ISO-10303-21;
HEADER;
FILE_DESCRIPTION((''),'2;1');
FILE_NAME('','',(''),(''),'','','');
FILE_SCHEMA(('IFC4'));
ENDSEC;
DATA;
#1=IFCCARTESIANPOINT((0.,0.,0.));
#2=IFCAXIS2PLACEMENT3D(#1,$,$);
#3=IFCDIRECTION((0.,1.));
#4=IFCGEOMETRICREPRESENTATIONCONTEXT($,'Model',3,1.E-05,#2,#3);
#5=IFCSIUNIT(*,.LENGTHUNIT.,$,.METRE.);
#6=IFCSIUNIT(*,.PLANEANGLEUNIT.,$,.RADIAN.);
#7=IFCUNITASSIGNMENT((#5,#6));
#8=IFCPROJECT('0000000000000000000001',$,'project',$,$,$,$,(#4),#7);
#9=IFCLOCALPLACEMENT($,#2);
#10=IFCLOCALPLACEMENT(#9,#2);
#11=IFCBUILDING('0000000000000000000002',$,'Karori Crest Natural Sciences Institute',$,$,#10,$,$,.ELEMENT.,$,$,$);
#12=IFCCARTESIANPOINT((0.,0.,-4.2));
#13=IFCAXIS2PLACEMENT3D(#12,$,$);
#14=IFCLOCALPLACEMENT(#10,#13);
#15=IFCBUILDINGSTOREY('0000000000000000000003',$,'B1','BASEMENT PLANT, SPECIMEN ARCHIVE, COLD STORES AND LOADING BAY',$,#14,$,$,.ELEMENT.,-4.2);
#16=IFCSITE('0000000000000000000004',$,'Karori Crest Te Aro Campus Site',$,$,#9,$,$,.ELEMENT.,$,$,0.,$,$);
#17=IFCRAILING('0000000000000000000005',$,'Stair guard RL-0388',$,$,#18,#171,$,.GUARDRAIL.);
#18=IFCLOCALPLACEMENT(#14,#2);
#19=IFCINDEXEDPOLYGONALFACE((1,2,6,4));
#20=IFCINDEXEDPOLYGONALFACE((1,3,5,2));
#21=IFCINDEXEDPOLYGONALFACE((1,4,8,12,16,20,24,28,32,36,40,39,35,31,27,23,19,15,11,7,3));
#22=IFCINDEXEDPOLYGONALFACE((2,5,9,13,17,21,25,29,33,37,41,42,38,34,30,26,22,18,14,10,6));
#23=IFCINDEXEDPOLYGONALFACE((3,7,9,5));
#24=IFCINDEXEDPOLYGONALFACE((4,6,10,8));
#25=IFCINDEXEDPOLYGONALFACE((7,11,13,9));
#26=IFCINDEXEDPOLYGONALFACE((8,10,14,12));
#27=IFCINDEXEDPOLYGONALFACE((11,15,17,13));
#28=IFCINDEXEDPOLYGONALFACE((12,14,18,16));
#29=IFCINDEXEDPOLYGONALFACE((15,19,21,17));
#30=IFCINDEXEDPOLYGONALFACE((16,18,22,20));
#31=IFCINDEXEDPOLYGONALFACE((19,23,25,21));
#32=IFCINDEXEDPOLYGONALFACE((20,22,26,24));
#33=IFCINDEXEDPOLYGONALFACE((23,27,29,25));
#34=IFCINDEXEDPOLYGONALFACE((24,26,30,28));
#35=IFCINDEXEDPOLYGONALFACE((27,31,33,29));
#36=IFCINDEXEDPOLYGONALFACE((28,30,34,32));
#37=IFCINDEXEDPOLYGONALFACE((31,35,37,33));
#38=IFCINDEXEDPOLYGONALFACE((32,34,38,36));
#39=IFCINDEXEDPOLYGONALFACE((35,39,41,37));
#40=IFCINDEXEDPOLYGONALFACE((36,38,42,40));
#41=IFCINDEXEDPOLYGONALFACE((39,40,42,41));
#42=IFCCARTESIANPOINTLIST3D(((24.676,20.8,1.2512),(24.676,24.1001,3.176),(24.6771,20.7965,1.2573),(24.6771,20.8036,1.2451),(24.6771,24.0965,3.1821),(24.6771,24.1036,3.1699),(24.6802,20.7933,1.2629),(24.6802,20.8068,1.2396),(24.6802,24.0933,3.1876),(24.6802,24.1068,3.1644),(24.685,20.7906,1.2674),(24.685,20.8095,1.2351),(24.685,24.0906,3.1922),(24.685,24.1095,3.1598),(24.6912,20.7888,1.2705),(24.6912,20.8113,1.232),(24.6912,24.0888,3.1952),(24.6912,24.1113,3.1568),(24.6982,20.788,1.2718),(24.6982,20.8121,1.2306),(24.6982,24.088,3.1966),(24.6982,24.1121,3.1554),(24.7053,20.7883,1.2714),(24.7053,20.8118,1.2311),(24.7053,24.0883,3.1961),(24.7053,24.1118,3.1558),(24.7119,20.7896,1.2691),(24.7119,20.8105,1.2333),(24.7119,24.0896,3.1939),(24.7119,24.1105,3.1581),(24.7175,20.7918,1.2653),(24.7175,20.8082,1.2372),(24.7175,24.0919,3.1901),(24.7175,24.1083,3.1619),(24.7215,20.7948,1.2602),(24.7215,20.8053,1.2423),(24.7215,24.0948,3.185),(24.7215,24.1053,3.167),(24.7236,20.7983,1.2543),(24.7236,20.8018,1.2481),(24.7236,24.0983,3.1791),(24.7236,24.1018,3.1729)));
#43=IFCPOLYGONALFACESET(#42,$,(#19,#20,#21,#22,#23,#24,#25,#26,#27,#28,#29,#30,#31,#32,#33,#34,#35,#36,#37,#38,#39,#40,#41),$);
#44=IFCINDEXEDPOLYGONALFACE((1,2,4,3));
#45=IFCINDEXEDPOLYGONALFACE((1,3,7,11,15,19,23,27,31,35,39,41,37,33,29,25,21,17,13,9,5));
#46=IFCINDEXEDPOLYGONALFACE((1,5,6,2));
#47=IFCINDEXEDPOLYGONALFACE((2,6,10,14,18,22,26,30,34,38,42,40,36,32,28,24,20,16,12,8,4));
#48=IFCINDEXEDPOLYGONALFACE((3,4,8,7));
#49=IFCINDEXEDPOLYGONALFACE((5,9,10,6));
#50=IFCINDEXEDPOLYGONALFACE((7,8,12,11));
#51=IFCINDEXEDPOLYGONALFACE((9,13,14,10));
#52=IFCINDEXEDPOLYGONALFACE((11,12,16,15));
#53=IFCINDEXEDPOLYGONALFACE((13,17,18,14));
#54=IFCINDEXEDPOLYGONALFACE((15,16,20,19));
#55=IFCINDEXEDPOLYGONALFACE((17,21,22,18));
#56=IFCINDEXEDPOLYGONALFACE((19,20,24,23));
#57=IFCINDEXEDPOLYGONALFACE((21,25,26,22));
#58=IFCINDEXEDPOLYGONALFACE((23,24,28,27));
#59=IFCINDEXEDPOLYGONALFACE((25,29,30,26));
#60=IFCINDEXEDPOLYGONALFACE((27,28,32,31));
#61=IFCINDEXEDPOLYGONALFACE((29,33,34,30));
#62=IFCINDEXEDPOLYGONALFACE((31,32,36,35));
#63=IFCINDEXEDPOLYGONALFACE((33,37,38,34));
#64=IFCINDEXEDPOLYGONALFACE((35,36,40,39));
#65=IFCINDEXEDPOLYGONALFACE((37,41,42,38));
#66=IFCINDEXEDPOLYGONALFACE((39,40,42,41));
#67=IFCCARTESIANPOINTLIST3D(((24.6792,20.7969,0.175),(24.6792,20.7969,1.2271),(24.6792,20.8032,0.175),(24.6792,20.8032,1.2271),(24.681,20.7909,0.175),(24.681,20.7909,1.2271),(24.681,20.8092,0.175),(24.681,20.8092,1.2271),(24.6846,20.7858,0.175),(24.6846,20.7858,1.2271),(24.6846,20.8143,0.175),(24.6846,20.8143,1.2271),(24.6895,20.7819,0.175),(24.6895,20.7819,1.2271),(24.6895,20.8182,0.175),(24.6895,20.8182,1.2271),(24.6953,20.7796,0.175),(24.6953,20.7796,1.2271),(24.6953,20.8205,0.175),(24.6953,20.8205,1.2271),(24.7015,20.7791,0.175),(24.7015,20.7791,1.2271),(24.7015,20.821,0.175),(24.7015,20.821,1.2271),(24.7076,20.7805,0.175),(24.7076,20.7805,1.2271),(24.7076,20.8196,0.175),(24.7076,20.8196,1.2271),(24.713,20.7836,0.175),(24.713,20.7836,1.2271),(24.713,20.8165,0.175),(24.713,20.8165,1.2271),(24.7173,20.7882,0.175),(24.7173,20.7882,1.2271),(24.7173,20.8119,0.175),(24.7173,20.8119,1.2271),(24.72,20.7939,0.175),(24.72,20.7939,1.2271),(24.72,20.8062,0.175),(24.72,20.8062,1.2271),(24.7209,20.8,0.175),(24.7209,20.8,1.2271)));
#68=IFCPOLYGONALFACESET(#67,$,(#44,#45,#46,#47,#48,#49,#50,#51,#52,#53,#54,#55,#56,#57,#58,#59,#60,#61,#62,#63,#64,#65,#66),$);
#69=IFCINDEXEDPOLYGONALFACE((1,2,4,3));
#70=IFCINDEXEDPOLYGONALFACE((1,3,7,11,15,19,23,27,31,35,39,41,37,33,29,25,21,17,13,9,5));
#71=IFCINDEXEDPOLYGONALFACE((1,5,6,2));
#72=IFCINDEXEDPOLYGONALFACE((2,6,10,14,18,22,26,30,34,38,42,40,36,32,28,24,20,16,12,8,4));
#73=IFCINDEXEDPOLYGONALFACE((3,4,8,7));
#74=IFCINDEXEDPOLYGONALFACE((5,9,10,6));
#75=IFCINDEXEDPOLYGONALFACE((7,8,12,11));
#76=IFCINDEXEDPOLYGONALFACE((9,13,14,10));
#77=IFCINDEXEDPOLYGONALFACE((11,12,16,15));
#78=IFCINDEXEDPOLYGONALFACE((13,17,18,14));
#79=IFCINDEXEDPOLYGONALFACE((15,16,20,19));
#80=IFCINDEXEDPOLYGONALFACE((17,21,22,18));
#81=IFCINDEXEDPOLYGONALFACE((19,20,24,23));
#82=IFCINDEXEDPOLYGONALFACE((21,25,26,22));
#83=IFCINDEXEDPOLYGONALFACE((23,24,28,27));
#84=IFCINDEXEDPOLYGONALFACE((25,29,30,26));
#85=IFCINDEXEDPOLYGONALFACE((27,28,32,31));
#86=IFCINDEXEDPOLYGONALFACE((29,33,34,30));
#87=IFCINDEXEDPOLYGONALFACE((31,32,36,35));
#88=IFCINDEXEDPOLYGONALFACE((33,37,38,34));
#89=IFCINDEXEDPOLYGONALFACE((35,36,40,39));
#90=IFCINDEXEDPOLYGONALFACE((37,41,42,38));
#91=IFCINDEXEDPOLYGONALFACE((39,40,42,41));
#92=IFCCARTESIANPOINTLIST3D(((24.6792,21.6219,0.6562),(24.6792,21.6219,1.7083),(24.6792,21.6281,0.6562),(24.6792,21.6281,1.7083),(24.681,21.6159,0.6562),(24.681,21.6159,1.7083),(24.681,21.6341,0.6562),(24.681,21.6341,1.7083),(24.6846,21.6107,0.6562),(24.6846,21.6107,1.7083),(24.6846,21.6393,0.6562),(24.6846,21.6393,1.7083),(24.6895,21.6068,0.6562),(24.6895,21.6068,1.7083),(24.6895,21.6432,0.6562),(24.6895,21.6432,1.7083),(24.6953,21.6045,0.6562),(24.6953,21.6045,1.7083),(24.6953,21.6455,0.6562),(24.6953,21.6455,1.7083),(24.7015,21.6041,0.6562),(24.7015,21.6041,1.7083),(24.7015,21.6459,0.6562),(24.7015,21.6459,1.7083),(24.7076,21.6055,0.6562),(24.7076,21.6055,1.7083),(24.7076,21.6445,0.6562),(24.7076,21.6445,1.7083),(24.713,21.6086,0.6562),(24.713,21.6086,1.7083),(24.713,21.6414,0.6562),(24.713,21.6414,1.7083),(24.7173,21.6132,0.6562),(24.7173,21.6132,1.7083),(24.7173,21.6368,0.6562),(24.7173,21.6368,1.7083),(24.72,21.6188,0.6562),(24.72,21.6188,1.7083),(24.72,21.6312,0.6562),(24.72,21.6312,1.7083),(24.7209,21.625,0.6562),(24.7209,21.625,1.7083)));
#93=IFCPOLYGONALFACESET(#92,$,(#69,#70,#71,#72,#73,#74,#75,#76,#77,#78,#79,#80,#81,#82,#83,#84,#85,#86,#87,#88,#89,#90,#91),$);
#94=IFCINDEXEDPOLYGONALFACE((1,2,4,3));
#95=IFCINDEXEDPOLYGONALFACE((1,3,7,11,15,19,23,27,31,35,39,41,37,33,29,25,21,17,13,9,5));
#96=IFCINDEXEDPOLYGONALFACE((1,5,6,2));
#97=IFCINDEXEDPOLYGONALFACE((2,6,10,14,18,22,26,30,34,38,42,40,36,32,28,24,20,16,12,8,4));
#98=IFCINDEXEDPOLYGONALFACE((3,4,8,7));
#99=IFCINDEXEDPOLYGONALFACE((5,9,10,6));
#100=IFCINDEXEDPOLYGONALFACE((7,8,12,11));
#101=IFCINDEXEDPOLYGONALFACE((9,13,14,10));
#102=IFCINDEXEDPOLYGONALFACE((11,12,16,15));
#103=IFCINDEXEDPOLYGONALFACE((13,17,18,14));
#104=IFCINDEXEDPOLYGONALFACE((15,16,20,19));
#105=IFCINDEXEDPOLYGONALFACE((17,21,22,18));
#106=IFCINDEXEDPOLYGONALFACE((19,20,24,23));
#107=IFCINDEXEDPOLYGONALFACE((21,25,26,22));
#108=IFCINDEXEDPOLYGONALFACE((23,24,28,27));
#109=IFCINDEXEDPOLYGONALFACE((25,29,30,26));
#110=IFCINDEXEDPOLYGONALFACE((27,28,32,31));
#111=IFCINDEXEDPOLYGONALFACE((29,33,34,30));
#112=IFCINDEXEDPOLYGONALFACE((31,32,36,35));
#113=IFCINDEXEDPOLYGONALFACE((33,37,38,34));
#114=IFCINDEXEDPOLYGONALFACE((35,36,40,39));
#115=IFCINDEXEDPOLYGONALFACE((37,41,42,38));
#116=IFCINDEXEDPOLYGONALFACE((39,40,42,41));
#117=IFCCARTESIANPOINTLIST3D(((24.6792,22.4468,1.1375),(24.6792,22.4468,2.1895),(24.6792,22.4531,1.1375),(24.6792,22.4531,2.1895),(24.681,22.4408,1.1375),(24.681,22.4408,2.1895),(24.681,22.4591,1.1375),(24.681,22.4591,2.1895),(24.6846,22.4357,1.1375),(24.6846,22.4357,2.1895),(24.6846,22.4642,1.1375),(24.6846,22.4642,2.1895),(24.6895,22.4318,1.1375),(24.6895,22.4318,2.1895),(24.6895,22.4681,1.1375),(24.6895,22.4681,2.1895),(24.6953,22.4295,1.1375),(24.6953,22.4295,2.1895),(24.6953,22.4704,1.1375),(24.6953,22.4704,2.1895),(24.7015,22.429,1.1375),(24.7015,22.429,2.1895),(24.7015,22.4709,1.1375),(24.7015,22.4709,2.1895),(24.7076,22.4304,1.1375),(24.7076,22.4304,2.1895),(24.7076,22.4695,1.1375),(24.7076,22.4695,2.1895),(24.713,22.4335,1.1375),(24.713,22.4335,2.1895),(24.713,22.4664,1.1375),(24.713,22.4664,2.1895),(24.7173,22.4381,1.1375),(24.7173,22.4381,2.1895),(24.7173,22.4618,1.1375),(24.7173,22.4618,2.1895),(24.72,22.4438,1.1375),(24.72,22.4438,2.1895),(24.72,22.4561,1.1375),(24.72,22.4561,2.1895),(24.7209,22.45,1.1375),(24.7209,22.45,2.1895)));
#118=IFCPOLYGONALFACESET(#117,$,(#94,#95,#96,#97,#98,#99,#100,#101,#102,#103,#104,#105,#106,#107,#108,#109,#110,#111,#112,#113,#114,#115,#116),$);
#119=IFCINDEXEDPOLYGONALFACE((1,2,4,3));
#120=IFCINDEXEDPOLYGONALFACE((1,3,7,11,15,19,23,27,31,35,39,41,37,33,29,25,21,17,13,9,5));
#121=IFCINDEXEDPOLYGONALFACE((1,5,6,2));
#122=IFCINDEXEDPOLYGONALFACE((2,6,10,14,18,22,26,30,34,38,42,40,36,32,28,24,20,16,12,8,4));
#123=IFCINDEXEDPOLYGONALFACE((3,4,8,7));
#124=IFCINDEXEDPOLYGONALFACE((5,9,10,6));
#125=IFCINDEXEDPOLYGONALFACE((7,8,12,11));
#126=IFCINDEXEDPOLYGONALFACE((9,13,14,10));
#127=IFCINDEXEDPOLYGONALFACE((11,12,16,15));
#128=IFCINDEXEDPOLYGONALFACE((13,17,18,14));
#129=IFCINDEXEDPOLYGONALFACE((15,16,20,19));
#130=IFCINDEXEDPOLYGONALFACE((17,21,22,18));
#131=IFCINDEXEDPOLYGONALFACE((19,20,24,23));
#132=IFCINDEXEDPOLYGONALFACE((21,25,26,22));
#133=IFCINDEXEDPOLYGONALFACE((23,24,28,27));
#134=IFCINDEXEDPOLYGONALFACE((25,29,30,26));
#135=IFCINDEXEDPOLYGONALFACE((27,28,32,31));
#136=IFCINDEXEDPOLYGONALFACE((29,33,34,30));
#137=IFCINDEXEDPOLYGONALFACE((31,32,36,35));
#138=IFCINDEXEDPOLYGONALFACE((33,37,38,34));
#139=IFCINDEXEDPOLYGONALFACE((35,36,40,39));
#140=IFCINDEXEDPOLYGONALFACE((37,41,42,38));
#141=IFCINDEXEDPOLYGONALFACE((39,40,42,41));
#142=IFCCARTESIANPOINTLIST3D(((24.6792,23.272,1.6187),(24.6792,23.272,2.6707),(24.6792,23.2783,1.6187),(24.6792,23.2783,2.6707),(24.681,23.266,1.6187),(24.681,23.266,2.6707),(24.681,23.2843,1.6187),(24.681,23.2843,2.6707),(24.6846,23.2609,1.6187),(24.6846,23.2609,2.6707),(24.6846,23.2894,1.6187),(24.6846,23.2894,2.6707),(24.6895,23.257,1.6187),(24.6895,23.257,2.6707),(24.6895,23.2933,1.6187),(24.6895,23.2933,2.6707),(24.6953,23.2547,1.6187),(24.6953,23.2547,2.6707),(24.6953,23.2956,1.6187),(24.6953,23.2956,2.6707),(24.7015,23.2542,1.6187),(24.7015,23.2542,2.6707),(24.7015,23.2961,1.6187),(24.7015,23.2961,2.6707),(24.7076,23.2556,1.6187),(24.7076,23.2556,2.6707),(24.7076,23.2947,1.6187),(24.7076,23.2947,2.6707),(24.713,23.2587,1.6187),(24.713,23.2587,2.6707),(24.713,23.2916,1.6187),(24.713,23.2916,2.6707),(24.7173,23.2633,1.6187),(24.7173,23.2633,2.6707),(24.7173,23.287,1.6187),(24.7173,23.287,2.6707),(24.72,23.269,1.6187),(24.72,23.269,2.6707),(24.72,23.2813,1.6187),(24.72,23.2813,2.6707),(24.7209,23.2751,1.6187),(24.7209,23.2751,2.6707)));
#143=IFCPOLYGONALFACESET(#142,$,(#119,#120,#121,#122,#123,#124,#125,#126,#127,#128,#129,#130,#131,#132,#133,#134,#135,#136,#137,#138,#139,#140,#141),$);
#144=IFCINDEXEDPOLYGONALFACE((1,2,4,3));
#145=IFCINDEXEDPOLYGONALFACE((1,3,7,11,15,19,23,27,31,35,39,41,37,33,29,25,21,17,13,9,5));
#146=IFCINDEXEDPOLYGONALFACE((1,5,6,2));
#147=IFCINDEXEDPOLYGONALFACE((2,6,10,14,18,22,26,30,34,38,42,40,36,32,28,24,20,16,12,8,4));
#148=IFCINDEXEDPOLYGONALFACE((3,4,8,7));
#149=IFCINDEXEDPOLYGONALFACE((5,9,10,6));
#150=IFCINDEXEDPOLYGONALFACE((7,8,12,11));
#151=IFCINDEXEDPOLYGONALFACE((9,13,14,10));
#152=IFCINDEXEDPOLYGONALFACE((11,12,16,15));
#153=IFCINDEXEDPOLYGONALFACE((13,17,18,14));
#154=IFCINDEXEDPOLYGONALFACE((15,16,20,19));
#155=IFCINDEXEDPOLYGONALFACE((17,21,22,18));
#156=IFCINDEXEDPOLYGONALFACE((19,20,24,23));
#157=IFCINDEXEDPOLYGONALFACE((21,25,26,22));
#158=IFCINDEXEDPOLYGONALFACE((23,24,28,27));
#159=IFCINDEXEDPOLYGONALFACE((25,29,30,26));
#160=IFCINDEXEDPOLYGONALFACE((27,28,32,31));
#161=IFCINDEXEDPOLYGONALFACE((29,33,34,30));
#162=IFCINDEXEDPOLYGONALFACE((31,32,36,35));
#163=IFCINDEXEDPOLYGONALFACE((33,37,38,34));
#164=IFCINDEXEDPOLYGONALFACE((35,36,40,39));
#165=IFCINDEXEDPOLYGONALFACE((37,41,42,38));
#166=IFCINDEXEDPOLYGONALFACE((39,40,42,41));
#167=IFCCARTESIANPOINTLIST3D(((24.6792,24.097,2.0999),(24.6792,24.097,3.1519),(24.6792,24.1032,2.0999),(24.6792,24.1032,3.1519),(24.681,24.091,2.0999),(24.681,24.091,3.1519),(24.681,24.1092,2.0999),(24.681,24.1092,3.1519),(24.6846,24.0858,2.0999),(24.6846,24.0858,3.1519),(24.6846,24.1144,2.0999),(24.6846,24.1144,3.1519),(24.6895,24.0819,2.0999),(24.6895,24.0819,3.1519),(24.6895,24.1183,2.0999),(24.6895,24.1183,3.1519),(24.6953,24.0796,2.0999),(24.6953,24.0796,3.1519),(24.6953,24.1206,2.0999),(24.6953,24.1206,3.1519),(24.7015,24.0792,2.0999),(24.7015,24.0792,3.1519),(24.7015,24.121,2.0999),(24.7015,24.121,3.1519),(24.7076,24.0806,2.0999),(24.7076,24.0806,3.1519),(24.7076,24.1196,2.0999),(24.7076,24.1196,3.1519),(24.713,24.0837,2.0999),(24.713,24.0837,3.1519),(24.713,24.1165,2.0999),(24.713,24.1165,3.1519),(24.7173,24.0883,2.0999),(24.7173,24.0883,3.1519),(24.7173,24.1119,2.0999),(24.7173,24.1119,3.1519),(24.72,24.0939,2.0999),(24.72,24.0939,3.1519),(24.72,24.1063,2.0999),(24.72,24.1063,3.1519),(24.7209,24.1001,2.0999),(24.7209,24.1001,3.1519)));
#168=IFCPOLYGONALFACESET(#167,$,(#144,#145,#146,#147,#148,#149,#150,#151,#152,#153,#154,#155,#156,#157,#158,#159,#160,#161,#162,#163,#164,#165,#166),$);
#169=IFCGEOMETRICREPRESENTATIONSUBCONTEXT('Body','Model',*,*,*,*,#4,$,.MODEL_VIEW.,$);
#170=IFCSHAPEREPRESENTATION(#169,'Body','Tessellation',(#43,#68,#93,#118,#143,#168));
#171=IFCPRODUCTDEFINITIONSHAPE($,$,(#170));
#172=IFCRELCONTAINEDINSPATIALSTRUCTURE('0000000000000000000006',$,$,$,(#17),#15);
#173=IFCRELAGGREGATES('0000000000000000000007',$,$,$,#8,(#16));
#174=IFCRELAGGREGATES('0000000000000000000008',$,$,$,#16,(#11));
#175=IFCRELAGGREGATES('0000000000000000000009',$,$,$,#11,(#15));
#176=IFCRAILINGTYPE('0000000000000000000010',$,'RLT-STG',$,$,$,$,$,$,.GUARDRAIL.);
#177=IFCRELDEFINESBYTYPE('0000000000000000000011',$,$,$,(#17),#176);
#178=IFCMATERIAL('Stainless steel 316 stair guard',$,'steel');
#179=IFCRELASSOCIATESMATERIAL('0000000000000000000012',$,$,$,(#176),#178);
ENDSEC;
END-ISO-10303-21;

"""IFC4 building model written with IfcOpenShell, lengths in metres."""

from ifc_helpers import new_model, si_unit, direction, frame, origin, origin_2d, place, context, subcontext, project, spatial, circle, extrude, material, type_object, element, save


model = new_model("IFC4")

# Units and contexts
model_context = context("Model", 3, precision=1e-05, world=origin(), true_north=direction((0.0, 1.0)))
body_context = subcontext(model_context, "Body", "Model", "MODEL_VIEW")
ifc_project = project(units=[si_unit("LENGTHUNIT", "METRE"), si_unit("PLANEANGLEUNIT", "RADIAN")], contexts=[model_context])

# Site, building, storey
site_placement = place(None, origin())
site = spatial("IfcSite", under=ifc_project, at=site_placement, Name="Karori Crest Te Aro Campus Site", CompositionType="ELEMENT", RefElevation=0.0)
building_placement = place(site_placement, origin())
building = spatial("IfcBuilding", under=site, at=building_placement, Name="Karori Crest Natural Sciences Institute", CompositionType="ELEMENT")
storey_placement = place(building_placement, frame((0.0, 0.0, -4.2)))
storey = spatial("IfcBuildingStorey", under=building, at=storey_placement, Name="B1", Description="BASEMENT PLANT, SPECIMEN ARCHIVE, COLD STORES AND LOADING BAY", CompositionType="ELEMENT", Elevation=-4.2)

# Railing
ifc_material_1 = material(Name="Stainless steel 316 stair guard", Category="steel")
railing_type_1 = type_object("IfcRailingType", Name="RLT-STG", PredefinedType="GUARDRAIL", material=ifc_material_1)
railing_1_placement = place(storey_placement, frame((24.7, 20.8, 0.175)))
element("IfcRailing", 1, at=railing_1_placement, inside=storey, type_object=railing_type_1, Name="Stair guard RL-0388", PredefinedType="GUARDRAIL", context=body_context, shape_type="SweptSolid", body=[
    extrude(circle(Radius=0.0239, at=origin_2d()), frame((0.0, 0.0, 1.0762), z_axis=(0.0, 0.863804, 0.503827), x_axis=(-1.0, 0.0, 0.0)), (0.0, 0.0, 1.0), 3.8203),
    extrude(circle(Radius=0.021, at=origin_2d()), origin(), (0.0, 0.0, 1.0), 1.052),
    extrude(circle(Radius=0.021, at=origin_2d()), frame((0.0, 0.825, 0.4812)), (0.0, 0.0, 1.0), 1.052),
    extrude(circle(Radius=0.021, at=origin_2d()), frame((0.0, 1.6499, 0.9624)), (0.0, 0.0, 1.0), 1.052),
    extrude(circle(Radius=0.021, at=origin_2d()), frame((0.0, 2.4751, 1.4436)), (0.0, 0.0, 1.0), 1.052),
    extrude(circle(Radius=0.021, at=origin_2d()), frame((0.0, 3.3, 1.9248)), (0.0, 0.0, 1.0), 1.052),
])

save(model, "model.ifc")
